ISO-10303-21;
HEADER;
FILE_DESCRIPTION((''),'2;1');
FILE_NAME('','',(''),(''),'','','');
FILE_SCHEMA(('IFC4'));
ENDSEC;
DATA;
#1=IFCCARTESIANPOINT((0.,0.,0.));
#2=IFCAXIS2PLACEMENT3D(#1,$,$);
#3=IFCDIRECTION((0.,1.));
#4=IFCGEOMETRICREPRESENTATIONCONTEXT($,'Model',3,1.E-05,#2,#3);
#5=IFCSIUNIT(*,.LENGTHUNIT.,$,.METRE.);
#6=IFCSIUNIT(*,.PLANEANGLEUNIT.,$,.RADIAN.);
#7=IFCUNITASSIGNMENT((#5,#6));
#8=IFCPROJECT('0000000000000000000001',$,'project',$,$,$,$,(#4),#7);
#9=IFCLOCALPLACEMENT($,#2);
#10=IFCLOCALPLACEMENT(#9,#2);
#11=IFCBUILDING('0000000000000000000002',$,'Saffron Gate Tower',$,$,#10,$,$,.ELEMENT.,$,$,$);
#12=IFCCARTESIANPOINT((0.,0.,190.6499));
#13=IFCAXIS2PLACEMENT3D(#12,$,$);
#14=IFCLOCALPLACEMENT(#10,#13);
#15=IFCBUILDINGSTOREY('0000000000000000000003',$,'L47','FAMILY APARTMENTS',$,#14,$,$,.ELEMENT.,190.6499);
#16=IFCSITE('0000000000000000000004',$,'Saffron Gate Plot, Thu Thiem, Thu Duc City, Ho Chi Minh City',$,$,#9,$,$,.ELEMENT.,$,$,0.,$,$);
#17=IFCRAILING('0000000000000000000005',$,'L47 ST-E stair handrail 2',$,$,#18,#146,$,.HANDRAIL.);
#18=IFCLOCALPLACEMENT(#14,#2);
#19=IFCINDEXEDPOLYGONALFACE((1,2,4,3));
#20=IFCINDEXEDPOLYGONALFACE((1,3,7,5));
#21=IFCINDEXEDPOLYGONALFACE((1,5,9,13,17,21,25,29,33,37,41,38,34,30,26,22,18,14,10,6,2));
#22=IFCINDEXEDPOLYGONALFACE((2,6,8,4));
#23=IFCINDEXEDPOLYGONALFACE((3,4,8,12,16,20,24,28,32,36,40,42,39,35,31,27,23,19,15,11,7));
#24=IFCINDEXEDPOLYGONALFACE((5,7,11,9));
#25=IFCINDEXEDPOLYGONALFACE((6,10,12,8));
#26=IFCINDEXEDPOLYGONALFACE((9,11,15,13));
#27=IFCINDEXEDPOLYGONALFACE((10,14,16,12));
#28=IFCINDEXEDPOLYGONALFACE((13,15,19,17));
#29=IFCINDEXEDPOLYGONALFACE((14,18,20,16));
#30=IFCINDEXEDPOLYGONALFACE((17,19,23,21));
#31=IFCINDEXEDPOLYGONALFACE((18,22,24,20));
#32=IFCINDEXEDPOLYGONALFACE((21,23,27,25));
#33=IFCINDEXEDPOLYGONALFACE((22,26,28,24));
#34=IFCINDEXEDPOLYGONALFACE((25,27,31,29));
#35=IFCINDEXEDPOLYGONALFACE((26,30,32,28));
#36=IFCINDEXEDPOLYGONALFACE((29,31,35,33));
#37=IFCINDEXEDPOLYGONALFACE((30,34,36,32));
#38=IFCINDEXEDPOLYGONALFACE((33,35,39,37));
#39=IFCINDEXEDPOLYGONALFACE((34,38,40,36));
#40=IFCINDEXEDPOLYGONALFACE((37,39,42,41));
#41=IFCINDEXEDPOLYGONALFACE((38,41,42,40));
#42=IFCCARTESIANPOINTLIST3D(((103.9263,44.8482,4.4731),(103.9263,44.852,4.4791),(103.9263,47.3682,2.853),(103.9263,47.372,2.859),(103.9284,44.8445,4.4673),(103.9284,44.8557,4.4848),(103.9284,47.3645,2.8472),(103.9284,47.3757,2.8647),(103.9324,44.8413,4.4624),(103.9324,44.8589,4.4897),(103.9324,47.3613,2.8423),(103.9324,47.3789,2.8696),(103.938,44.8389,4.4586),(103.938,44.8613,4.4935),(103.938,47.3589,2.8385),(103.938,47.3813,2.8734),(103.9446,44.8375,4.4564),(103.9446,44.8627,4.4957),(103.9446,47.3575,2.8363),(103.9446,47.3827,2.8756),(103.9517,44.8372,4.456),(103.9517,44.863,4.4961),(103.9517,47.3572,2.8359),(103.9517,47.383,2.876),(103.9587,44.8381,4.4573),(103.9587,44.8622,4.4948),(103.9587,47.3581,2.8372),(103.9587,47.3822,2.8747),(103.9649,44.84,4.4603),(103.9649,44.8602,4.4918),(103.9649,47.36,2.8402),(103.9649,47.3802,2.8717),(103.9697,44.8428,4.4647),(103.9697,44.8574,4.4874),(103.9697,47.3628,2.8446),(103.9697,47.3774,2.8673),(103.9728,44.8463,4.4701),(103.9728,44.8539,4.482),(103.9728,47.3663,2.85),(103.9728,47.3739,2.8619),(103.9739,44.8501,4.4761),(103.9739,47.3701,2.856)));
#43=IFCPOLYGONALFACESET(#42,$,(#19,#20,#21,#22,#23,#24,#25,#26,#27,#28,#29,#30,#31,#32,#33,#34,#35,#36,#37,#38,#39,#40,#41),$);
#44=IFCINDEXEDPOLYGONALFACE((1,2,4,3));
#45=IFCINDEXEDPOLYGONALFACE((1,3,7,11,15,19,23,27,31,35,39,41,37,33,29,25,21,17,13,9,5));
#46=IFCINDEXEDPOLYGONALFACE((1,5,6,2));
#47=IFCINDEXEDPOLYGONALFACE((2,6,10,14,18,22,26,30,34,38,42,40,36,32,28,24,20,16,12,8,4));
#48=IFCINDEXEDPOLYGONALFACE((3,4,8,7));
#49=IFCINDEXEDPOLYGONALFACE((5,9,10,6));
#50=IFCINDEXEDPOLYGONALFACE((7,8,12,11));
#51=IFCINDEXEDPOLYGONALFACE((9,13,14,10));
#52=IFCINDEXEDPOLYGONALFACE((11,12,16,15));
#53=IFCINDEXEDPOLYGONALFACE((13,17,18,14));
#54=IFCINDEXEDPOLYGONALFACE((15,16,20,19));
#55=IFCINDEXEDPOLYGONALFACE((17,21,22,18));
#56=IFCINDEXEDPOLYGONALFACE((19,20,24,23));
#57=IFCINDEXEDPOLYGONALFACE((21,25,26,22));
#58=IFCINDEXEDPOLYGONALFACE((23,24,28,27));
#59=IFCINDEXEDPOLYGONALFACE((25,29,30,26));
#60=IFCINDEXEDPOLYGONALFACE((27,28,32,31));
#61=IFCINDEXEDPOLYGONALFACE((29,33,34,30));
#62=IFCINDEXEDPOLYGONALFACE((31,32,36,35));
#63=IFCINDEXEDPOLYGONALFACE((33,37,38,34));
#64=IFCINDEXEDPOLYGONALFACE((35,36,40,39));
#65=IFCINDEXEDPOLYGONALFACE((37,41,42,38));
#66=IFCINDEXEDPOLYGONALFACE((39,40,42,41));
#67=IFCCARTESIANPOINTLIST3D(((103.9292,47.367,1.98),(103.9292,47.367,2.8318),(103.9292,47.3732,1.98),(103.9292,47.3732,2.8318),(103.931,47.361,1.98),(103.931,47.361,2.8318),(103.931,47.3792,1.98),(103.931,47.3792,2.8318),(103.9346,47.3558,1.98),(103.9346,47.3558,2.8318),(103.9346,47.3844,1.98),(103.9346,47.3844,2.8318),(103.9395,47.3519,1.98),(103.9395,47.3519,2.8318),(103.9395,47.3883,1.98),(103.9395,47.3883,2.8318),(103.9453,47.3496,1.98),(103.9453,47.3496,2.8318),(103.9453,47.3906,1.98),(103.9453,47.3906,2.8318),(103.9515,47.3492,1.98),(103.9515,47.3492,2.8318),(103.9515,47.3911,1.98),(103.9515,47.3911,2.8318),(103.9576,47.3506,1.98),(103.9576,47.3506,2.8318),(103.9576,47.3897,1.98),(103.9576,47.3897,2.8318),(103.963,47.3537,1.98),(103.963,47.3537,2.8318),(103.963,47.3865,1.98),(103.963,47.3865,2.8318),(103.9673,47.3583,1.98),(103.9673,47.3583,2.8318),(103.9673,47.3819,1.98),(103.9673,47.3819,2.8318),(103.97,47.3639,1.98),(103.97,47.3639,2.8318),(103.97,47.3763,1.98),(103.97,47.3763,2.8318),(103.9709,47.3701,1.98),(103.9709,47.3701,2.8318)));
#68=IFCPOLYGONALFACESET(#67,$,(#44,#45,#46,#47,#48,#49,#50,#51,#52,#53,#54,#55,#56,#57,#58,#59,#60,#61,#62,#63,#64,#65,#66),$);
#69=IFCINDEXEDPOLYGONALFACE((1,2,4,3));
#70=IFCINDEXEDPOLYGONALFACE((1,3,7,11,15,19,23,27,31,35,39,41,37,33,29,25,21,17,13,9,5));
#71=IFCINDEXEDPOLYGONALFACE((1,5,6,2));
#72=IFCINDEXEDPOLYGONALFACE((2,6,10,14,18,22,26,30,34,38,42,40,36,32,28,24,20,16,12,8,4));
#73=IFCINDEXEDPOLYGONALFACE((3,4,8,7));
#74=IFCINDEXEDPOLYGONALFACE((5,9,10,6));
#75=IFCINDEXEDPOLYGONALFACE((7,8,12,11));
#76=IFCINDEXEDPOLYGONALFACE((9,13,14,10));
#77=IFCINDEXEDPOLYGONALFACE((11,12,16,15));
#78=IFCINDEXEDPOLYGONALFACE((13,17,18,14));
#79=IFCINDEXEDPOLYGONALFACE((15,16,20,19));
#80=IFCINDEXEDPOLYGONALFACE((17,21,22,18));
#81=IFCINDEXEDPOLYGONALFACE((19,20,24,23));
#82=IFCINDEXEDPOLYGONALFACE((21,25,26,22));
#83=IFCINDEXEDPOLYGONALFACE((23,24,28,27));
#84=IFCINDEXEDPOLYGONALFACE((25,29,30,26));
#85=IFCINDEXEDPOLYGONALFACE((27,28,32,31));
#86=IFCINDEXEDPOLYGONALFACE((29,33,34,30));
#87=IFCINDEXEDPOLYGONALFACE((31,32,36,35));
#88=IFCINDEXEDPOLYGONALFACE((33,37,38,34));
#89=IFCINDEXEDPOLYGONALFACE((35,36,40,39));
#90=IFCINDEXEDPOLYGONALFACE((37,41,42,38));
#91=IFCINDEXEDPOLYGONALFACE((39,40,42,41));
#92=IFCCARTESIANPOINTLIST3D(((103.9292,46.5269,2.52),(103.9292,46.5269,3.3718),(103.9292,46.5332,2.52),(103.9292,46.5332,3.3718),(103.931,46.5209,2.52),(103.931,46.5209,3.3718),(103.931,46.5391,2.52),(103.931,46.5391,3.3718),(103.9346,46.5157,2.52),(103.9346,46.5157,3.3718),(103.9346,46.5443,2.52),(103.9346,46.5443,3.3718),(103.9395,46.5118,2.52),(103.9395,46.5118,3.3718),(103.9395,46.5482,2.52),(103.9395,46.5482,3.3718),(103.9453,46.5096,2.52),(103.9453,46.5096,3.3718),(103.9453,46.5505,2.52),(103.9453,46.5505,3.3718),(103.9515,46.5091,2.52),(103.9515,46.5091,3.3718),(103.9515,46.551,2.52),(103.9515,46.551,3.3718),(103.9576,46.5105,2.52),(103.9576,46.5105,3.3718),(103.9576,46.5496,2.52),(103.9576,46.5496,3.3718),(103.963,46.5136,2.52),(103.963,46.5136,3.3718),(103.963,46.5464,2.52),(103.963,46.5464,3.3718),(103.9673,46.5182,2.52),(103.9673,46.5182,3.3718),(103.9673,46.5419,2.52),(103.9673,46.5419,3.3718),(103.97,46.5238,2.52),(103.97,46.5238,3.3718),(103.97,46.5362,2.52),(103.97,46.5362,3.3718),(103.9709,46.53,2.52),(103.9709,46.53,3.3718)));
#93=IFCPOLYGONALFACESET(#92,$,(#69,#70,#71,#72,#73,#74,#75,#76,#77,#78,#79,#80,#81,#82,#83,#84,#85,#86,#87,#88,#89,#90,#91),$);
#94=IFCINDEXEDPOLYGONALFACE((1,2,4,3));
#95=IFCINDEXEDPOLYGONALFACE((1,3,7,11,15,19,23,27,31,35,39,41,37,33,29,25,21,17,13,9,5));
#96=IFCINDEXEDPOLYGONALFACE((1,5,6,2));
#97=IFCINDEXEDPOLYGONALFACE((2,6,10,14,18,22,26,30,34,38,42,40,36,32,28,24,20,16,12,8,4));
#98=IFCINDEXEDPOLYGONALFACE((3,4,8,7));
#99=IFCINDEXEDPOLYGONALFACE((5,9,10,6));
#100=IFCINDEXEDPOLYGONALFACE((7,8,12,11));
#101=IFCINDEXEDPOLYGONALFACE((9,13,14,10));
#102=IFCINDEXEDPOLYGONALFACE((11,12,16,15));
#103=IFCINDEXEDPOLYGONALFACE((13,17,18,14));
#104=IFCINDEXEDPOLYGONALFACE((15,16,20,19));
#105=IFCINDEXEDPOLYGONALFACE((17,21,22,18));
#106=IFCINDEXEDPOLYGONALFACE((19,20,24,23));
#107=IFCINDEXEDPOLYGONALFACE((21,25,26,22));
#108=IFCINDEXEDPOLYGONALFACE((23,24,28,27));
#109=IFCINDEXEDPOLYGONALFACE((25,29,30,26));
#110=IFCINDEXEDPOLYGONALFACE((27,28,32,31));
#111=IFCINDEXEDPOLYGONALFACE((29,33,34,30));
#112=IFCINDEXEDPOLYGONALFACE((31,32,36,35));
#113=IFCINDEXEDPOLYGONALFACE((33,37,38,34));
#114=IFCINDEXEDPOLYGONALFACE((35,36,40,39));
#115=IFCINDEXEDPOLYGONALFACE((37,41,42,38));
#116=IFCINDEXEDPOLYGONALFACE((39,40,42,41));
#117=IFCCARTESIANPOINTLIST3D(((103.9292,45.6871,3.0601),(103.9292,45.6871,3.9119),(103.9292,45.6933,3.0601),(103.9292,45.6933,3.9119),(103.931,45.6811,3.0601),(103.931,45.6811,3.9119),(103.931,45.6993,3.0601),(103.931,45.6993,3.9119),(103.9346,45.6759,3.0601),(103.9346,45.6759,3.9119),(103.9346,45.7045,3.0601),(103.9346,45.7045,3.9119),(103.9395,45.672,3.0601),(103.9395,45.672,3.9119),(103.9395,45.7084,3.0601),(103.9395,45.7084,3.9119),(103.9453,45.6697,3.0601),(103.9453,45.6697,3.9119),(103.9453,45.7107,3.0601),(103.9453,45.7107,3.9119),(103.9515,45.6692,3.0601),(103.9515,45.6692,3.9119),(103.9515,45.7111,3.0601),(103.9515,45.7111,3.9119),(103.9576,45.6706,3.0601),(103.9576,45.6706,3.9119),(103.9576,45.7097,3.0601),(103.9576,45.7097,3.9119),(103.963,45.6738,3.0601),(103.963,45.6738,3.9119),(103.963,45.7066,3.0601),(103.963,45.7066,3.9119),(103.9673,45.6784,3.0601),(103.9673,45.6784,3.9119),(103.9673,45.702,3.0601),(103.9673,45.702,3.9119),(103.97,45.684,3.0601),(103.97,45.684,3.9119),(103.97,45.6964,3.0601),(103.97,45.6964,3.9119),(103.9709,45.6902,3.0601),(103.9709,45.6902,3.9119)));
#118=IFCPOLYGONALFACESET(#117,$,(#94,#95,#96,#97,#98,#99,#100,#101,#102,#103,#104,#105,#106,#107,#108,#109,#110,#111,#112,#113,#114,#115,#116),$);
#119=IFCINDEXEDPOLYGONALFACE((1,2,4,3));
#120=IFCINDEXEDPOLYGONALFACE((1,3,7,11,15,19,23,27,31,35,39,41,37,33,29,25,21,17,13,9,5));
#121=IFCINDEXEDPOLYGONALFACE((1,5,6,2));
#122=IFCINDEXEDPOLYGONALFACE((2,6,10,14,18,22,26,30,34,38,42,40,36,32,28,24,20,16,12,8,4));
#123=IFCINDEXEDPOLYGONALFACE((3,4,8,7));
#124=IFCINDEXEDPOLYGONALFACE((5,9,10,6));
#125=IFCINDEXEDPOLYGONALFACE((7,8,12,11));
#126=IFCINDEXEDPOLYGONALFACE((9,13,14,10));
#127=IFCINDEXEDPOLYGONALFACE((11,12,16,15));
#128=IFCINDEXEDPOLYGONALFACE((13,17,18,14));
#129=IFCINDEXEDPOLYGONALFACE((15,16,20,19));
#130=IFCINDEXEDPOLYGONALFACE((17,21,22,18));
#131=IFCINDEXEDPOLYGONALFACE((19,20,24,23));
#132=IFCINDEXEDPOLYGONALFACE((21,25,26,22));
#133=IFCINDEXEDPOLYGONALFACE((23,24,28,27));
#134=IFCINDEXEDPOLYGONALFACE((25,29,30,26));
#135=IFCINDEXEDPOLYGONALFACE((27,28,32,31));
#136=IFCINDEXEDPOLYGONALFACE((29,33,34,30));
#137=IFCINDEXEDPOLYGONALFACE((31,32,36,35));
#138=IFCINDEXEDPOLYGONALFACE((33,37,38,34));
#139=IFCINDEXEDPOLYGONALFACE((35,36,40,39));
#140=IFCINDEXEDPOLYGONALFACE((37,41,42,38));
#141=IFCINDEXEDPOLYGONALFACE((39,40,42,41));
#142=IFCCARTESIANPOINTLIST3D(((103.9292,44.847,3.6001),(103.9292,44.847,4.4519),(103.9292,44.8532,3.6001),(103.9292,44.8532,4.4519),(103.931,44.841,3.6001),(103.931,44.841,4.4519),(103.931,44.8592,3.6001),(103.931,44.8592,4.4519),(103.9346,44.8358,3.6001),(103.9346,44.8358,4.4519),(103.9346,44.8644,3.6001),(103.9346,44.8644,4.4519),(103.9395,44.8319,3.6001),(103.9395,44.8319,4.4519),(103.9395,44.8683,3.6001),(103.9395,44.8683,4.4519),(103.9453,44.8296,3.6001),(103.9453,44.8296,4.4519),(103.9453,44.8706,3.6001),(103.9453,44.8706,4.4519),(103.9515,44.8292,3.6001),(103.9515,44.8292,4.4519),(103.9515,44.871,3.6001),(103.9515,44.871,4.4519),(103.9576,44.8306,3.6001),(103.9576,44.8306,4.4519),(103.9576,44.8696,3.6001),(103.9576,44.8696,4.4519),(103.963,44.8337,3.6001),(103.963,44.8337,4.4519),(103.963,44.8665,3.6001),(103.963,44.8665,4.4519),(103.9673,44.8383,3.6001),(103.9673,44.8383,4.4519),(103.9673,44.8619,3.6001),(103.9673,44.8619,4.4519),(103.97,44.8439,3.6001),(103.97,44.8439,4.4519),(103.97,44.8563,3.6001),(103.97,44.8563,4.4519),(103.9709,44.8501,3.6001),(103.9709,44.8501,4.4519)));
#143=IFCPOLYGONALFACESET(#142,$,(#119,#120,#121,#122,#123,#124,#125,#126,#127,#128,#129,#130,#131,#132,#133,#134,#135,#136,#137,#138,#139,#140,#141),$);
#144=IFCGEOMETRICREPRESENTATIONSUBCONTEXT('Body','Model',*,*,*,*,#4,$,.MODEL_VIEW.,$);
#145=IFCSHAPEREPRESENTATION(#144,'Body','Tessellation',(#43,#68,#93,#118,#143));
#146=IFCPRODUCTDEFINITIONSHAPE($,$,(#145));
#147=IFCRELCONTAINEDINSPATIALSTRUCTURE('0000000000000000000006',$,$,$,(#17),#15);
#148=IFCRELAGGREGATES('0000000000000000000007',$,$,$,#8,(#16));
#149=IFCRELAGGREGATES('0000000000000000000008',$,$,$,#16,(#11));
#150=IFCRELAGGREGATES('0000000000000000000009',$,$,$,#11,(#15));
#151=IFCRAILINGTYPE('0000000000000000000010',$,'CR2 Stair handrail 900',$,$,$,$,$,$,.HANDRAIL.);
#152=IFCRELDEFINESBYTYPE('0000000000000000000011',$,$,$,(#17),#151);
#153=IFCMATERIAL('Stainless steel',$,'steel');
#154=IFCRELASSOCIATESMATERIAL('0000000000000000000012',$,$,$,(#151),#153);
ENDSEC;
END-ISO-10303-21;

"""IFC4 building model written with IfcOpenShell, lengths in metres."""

from ifc_helpers import new_model, si_unit, direction, frame, origin, origin_2d, place, context, subcontext, project, spatial, circle, extrude, material, type_object, element, save


model = new_model("IFC4")

# Units and contexts
model_context = context("Model", 3, precision=1e-05, world=origin(), true_north=direction((0.0, 1.0)))
body_context = subcontext(model_context, "Body", "Model", "MODEL_VIEW")
ifc_project = project(units=[si_unit("LENGTHUNIT", "METRE"), si_unit("PLANEANGLEUNIT", "RADIAN")], contexts=[model_context])

# Site, building, storey
site_placement = place(None, origin())
site = spatial("IfcSite", under=ifc_project, at=site_placement, Name="Saffron Gate Plot, Thu Thiem, Thu Duc City, Ho Chi Minh City", CompositionType="ELEMENT", RefElevation=0.0)
building_placement = place(site_placement, origin())
building = spatial("IfcBuilding", under=site, at=building_placement, Name="Saffron Gate Tower", CompositionType="ELEMENT")
storey_placement = place(building_placement, frame((0.0, 0.0, 190.6499)))
storey = spatial("IfcBuildingStorey", under=building, at=storey_placement, Name="L47", Description="FAMILY APARTMENTS", CompositionType="ELEMENT", Elevation=190.6499)

# Railing
ifc_material_1 = material(Name="Stainless steel", Category="steel")
railing_type_1 = type_object("IfcRailingType", Name="CR2 Stair handrail 900", PredefinedType="HANDRAIL", material=ifc_material_1)
railing_1_placement = place(storey_placement, frame((103.95, 47.3701, 1.98)))
element("IfcRailing", 1, at=railing_1_placement, inside=storey, type_object=railing_type_1, Name="L47 ST-E stair handrail 2", PredefinedType="HANDRAIL", context=body_context, shape_type="SweptSolid", body=[
    extrude(circle(Radius=0.0239, at=origin_2d()), frame((0.0, 0.0, 0.876), z_axis=(0.0, -0.841163, 0.540782), x_axis=(1.0, 0.0, 0.0)), (0.0, 0.0, 1.0), 2.9958),
    extrude(circle(Radius=0.021, at=origin_2d()), origin(), (0.0, 0.0, 1.0), 0.8518),
    extrude(circle(Radius=0.021, at=origin_2d()), frame((0.0, -0.8401, 0.54)), (0.0, 0.0, 1.0), 0.8518),
    extrude(circle(Radius=0.021, at=origin_2d()), frame((0.0, -1.6799, 1.0801)), (0.0, 0.0, 1.0), 0.8518),
    extrude(circle(Radius=0.021, at=origin_2d()), frame((0.0, -2.52, 1.6201)), (0.0, 0.0, 1.0), 0.8518),
])

save(model, "model.ifc")
